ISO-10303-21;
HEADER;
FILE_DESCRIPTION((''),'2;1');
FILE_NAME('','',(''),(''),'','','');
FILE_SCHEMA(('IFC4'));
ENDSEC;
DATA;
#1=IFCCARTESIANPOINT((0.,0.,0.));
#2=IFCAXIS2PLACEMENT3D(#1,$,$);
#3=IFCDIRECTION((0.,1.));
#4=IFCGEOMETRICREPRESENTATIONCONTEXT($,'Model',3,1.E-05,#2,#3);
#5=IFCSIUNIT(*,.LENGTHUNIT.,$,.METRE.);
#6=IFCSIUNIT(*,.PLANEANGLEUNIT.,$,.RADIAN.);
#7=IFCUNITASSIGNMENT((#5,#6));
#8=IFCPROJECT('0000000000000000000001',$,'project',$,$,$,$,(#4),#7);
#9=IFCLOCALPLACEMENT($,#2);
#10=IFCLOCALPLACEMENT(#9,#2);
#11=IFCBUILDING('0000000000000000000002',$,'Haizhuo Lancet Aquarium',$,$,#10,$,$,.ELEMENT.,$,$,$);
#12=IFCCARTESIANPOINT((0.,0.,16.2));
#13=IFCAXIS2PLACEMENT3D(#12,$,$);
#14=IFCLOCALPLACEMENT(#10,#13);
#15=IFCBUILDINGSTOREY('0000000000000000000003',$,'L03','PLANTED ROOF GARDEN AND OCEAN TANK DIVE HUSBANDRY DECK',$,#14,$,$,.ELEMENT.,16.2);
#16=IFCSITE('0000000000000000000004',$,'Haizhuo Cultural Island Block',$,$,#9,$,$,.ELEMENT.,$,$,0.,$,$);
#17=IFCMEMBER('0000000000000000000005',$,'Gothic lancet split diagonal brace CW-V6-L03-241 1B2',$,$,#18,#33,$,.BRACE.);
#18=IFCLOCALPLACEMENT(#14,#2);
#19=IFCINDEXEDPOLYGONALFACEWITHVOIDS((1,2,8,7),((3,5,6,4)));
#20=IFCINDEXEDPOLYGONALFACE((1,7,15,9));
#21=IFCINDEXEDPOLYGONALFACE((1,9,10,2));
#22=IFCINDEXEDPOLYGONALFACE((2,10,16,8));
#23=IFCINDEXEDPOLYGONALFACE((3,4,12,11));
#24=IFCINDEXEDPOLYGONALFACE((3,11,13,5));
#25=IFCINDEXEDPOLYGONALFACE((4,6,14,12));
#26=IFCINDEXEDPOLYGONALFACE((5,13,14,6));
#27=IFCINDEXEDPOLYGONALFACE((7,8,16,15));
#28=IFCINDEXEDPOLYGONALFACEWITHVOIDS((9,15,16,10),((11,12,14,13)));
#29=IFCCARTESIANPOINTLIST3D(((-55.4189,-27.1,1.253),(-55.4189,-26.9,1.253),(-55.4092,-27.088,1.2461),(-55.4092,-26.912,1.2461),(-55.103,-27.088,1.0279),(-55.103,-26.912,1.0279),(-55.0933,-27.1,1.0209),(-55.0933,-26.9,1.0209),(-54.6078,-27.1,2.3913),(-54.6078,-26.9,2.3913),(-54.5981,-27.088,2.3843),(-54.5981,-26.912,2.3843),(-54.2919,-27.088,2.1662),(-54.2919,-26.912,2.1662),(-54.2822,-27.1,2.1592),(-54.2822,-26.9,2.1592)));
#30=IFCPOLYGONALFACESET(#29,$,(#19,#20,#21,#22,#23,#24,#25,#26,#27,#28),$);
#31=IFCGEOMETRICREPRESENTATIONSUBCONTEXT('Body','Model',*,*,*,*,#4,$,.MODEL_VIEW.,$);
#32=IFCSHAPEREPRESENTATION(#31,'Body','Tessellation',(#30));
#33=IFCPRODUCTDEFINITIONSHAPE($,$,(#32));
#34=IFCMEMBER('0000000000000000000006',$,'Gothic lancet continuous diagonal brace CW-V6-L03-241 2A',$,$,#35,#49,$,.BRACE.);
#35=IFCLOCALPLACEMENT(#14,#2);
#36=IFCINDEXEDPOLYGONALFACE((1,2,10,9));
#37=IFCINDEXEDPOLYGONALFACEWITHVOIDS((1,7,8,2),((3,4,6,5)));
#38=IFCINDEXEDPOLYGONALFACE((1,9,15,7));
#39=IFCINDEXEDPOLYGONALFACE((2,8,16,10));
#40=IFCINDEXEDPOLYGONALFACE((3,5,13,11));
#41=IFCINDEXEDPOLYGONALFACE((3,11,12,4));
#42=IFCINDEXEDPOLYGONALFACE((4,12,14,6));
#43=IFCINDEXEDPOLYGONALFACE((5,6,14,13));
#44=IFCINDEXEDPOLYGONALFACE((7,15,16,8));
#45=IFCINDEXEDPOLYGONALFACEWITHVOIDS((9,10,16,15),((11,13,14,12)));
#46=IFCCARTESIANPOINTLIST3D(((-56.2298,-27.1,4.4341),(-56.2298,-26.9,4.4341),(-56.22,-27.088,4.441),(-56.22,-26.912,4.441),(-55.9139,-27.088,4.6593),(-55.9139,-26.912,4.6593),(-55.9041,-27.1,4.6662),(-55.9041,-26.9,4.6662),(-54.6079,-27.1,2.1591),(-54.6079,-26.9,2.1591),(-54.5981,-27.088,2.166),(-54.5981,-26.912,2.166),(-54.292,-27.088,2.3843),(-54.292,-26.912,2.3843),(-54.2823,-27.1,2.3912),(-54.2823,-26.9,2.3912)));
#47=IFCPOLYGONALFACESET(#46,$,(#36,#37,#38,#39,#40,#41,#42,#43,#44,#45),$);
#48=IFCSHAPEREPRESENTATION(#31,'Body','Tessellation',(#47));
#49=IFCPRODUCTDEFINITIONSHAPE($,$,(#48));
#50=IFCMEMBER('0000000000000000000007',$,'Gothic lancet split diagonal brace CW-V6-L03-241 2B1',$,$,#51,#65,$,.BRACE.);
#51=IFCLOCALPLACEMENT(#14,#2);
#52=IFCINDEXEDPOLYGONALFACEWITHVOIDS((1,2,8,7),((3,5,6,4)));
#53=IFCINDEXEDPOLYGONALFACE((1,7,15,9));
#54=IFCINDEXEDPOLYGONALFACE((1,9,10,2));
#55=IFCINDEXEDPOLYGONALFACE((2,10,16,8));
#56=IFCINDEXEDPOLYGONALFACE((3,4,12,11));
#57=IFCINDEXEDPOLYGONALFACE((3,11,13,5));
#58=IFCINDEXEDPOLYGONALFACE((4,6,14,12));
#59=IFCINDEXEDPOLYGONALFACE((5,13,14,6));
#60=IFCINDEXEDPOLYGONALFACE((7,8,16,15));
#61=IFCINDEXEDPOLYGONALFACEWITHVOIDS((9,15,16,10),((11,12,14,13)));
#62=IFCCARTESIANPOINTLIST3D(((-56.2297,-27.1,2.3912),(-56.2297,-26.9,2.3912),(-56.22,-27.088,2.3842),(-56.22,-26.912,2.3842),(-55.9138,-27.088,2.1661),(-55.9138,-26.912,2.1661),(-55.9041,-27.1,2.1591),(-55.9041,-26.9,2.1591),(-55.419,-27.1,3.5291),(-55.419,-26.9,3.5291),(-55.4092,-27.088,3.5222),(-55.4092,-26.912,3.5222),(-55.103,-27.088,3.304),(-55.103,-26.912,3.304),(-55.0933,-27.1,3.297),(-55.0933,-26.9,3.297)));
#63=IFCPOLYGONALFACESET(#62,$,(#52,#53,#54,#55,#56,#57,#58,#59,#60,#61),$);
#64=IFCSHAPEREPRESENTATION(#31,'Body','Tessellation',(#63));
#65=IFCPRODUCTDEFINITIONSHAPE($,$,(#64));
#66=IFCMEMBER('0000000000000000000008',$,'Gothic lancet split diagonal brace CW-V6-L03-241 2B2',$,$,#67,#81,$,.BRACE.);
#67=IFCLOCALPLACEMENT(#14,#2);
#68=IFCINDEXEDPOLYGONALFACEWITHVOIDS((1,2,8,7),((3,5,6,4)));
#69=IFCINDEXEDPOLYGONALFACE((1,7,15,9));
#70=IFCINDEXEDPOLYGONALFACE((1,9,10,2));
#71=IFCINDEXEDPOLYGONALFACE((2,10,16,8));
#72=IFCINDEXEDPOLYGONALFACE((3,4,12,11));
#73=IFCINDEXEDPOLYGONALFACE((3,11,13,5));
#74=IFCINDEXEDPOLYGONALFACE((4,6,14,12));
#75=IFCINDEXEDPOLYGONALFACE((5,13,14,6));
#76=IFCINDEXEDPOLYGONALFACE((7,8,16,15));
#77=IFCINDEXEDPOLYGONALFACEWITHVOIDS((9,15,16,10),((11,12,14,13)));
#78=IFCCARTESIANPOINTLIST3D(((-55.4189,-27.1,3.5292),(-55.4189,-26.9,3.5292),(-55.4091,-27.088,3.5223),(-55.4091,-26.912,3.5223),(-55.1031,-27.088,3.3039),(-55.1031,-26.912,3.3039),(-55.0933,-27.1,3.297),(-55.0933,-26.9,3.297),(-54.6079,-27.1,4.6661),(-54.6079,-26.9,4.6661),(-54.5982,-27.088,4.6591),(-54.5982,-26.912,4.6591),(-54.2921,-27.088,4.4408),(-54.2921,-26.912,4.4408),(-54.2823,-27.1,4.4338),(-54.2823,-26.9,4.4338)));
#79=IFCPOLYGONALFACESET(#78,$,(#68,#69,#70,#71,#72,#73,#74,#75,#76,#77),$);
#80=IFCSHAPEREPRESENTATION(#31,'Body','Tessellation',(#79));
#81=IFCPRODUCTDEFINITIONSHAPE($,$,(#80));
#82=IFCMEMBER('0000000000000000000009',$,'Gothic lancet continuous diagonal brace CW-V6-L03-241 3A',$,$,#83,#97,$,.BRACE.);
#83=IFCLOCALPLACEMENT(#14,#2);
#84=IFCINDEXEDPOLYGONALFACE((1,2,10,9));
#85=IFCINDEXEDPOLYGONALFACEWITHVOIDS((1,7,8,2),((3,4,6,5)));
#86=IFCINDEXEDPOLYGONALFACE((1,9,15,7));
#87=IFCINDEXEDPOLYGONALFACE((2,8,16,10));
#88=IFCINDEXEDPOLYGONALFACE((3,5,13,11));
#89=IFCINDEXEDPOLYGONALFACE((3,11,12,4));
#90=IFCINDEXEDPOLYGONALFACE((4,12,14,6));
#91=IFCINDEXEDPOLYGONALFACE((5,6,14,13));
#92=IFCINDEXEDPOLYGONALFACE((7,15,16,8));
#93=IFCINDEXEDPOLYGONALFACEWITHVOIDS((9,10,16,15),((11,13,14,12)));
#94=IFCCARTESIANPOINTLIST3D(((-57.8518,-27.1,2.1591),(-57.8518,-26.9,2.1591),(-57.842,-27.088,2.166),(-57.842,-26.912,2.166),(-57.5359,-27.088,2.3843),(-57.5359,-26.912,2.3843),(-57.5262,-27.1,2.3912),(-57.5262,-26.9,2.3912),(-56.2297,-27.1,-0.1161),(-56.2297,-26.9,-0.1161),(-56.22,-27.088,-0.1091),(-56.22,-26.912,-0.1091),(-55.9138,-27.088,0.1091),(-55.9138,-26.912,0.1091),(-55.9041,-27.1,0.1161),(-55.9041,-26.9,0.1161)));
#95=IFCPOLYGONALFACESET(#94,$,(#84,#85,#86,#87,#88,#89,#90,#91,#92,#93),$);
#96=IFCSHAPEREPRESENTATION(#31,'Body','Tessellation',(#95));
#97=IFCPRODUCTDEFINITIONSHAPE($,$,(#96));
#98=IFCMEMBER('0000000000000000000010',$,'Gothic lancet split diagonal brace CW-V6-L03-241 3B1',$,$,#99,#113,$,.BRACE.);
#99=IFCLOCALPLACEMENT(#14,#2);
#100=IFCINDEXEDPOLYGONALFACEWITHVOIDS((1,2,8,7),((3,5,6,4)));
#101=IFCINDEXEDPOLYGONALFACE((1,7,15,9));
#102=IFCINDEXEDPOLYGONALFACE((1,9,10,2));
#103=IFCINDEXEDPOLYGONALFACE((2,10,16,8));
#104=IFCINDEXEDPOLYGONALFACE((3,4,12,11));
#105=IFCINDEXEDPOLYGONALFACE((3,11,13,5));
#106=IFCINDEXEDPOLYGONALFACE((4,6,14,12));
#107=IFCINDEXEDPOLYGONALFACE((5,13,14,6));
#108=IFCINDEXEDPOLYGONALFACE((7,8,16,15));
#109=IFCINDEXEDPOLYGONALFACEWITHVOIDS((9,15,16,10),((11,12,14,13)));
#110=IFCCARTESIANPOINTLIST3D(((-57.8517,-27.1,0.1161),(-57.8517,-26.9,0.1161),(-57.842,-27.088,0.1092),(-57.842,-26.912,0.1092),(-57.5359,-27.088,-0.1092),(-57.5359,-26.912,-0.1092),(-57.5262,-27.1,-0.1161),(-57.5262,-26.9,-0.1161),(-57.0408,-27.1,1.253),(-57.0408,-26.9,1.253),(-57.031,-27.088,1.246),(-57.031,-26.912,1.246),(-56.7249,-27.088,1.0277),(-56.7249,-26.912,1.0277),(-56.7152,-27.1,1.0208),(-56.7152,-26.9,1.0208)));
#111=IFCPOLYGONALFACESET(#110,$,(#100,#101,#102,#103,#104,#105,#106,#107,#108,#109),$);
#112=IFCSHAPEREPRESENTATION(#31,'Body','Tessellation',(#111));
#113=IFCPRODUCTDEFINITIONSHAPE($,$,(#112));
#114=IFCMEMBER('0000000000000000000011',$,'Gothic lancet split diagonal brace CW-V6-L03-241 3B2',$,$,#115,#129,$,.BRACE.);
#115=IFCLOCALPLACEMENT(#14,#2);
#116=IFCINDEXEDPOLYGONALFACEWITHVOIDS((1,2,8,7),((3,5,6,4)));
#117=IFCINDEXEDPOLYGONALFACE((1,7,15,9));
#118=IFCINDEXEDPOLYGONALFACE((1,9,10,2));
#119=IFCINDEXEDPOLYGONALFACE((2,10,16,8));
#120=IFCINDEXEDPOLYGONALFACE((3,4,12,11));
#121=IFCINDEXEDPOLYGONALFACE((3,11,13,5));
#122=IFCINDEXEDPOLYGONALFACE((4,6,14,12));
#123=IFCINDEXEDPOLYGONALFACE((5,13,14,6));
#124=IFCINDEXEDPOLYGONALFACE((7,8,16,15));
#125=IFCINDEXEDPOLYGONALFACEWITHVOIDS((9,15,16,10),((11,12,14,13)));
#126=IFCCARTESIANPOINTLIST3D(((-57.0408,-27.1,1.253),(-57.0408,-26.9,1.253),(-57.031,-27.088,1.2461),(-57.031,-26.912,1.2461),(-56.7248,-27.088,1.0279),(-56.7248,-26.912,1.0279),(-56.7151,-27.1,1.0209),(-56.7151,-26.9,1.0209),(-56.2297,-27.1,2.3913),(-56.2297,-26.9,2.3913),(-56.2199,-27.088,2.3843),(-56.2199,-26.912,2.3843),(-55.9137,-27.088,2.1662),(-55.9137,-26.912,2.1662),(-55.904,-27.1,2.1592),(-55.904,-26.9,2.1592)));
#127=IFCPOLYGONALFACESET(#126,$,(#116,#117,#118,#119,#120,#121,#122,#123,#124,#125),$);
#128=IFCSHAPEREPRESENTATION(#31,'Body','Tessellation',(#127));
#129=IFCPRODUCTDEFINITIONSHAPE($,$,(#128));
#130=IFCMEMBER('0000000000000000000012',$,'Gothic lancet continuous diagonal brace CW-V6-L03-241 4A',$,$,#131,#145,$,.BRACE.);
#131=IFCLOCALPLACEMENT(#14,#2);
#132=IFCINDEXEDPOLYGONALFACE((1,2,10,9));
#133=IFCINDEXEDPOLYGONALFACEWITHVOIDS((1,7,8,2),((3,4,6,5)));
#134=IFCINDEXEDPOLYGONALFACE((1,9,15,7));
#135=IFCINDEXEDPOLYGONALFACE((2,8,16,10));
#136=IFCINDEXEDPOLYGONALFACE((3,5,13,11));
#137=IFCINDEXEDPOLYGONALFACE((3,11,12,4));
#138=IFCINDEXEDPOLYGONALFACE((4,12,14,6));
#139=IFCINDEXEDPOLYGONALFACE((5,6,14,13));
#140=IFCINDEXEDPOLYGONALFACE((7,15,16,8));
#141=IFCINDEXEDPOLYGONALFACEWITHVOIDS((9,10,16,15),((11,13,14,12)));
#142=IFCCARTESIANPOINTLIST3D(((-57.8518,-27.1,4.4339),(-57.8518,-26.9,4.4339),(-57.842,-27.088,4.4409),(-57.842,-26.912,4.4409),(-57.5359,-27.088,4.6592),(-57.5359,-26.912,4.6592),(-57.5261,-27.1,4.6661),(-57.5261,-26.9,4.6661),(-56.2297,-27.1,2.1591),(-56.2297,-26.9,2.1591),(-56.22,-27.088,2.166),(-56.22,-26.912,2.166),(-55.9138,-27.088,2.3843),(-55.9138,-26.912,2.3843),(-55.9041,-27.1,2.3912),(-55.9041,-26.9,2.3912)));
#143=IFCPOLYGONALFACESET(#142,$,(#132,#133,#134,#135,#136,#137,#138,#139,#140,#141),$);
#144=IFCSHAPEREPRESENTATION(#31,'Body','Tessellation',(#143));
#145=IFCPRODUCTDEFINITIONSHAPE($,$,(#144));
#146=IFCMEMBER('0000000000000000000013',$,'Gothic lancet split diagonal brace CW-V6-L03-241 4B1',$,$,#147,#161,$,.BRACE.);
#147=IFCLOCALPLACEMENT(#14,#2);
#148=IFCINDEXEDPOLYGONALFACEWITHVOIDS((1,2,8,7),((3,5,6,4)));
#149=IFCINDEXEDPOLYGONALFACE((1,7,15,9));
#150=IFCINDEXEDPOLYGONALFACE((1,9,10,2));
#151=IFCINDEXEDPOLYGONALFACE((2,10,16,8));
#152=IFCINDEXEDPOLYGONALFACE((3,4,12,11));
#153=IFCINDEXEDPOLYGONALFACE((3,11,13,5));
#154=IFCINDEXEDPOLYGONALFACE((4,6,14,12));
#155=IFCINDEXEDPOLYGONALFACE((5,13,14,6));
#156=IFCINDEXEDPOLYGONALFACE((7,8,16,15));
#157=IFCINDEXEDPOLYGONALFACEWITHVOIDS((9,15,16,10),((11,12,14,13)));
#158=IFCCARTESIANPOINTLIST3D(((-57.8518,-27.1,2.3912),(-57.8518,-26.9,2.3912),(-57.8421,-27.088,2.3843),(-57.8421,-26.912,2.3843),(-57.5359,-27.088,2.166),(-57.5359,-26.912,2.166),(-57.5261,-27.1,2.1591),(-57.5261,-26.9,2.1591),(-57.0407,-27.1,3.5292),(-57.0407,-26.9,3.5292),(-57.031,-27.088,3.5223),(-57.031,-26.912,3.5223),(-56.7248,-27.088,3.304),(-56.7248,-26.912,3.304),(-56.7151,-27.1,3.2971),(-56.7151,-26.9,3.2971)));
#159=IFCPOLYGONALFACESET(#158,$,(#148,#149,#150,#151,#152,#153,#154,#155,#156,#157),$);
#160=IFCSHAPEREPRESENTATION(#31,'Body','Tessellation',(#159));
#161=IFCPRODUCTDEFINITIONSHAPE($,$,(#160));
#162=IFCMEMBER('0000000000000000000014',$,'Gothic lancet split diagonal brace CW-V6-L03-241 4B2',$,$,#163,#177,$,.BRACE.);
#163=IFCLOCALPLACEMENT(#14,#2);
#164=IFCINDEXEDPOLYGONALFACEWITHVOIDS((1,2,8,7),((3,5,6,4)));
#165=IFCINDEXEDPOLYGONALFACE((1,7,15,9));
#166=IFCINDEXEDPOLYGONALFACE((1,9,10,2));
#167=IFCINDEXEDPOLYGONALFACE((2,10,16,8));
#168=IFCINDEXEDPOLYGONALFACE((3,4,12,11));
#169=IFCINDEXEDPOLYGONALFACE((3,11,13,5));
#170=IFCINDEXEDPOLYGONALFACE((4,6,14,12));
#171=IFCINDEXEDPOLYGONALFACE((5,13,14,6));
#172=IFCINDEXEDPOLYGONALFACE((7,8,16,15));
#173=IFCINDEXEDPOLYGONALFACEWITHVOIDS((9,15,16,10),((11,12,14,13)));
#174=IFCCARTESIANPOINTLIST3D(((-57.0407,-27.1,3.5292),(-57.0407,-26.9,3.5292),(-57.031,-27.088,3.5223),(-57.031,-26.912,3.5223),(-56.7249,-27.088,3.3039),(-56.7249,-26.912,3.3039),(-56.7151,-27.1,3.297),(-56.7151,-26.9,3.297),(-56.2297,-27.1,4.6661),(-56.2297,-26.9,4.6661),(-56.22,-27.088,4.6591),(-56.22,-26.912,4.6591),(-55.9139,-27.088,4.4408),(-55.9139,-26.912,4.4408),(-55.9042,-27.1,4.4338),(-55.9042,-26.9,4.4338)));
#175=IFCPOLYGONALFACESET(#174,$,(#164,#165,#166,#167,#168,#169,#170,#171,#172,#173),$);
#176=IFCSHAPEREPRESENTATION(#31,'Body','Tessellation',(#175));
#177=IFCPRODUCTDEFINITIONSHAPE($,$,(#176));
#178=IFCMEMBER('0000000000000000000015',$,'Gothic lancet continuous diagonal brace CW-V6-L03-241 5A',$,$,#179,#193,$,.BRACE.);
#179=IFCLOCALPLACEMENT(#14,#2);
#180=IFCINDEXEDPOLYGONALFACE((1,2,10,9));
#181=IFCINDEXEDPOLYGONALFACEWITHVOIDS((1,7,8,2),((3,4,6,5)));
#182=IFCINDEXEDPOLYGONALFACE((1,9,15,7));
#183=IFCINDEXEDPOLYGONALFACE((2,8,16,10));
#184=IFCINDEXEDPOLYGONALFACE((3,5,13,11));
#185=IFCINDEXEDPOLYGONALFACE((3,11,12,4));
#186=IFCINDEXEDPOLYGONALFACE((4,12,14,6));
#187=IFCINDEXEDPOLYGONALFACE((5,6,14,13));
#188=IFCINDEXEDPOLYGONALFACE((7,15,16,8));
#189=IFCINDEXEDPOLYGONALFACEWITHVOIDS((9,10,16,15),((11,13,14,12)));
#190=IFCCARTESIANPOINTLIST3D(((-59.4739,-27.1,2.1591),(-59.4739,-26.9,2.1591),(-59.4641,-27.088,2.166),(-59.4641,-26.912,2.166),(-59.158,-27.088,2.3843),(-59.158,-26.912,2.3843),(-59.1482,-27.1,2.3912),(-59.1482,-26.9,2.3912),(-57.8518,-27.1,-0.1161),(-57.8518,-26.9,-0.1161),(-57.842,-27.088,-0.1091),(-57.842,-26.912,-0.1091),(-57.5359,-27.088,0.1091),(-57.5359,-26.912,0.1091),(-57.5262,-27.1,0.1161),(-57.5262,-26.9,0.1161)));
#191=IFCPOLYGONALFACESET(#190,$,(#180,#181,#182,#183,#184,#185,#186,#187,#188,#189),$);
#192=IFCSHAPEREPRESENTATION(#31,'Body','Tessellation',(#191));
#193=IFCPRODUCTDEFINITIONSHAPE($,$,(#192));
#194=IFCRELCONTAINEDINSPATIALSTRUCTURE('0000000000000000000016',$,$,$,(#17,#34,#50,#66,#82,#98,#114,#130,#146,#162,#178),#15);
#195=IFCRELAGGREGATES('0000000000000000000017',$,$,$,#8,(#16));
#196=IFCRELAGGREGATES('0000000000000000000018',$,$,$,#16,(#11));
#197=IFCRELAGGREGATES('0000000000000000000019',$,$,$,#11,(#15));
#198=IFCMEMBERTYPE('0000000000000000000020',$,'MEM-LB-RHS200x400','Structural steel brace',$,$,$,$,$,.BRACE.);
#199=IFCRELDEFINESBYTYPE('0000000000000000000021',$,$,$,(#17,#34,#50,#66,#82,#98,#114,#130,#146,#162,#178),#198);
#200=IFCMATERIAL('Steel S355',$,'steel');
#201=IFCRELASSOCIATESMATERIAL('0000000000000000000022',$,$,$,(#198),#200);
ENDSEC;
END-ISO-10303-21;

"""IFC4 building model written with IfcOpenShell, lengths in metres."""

from ifc_helpers import new_model, si_unit, direction, frame, origin, origin_2d, place, context, subcontext, project, spatial, hollow_rectangle, extrude, material, material_profile, profile_set, type_object, element, save


model = new_model("IFC4")

# Units and contexts
model_context = context("Model", 3, precision=1e-05, world=origin(), true_north=direction((0.0, 1.0)))
body_context = subcontext(model_context, "Body", "Model", "MODEL_VIEW")
ifc_project = project(units=[si_unit("LENGTHUNIT", "METRE"), si_unit("PLANEANGLEUNIT", "RADIAN")], contexts=[model_context])

# Site, building, storey
site_placement = place(None, origin())
site = spatial("IfcSite", under=ifc_project, at=site_placement, Name="Haizhuo Cultural Island Block", CompositionType="ELEMENT", RefElevation=0.0)
building_placement = place(site_placement, origin())
building = spatial("IfcBuilding", under=site, at=building_placement, Name="Haizhuo Lancet Aquarium", CompositionType="ELEMENT")
storey_placement = place(building_placement, frame((0.0, 0.0, 16.2)))
storey = spatial("IfcBuildingStorey", under=building, at=storey_placement, Name="L03", Description="PLANTED ROOF GARDEN AND OCEAN TANK DIVE HUSBANDRY DECK", CompositionType="ELEMENT", Elevation=16.2)

# Members
ifc_material_1 = material(Name="Steel S355", Category="steel")
ifc_material_profile_1 = material_profile(ifc_material_1, hollow_rectangle(XDim=0.2, YDim=0.3999, WallThickness=0.012, at=origin_2d()), Name="RHS 200x400x12")
ifc_profile_set_1 = profile_set([ifc_material_profile_1], Name="Steel S355")
member_type_1 = type_object("IfcMemberType", Name="MEM-LB-RHS200x400", Description="Structural steel brace", PredefinedType="BRACE", material=ifc_profile_set_1)
member_1_placement = place(storey_placement, frame((-55.2561, -27.0, 1.137), z_axis=(0.580312, 0.0, 0.814394), x_axis=(0.0, 1.0, 0.0)))
element("IfcMember", 1, at=member_1_placement, inside=storey, type_object=member_type_1, Name="Gothic lancet split diagonal brace CW-V6-L03-241 1B2", PredefinedType="BRACE", context=body_context, shape_type="SweptSolid", body=[
    extrude(hollow_rectangle(XDim=0.2, YDim=0.3999, WallThickness=0.012, at=origin_2d()), origin(), (0.0, 0.0, 1.0), 1.3977),
])
member_2_placement = place(storey_placement, frame((-54.4451, -27.0, 2.2751), z_axis=(-0.580502, 0.0, 0.814259), x_axis=(0.0, -1.0, 0.0)))
element("IfcMember", 2, at=member_2_placement, inside=storey, type_object=member_type_1, Name="Gothic lancet continuous diagonal brace CW-V6-L03-241 2A", PredefinedType="BRACE", context=body_context, shape_type="SweptSolid", body=[
    extrude(hollow_rectangle(XDim=0.2, YDim=0.3999, WallThickness=0.012, at=origin_2d()), origin(), (0.0, 0.0, 1.0), 2.7939),
])
member_3_placement = place(storey_placement, frame((-56.0669, -27.0, 2.2751), z_axis=(0.580279, 0.0, 0.814418), x_axis=(0.0, 1.0, 0.0)))
element("IfcMember", 3, at=member_3_placement, inside=storey, type_object=member_type_1, Name="Gothic lancet split diagonal brace CW-V6-L03-241 2B1", PredefinedType="BRACE", context=body_context, shape_type="SweptSolid", body=[
    extrude(hollow_rectangle(XDim=0.2, YDim=0.3999, WallThickness=0.012, at=origin_2d()), origin(), (0.0, 0.0, 1.0), 1.3972),
])
member_4_placement = place(storey_placement, frame((-55.2561, -27.0, 3.4131), z_axis=(0.580725, 0.0, 0.814099), x_axis=(0.0, 1.0, 0.0)))
element("IfcMember", 4, at=member_4_placement, inside=storey, type_object=member_type_1, Name="Gothic lancet split diagonal brace CW-V6-L03-241 2B2", PredefinedType="BRACE", context=body_context, shape_type="SweptSolid", body=[
    extrude(hollow_rectangle(XDim=0.2, YDim=0.3999, WallThickness=0.012, at=origin_2d()), origin(), (0.0, 0.0, 1.0), 1.3965),
])
member_5_placement = place(storey_placement, frame((-56.0669, -27.0, 0.0), z_axis=(-0.580519, 0.0, 0.814247), x_axis=(0.0, -1.0, 0.0)))
element("IfcMember", 5, at=member_5_placement, inside=storey, type_object=member_type_1, Name="Gothic lancet continuous diagonal brace CW-V6-L03-241 3A", PredefinedType="BRACE", context=body_context, shape_type="SweptSolid", body=[
    extrude(hollow_rectangle(XDim=0.2, YDim=0.3999, WallThickness=0.012, at=origin_2d()), origin(), (0.0, 0.0, 1.0), 2.7942),
])
member_6_placement = place(storey_placement, frame((-57.689, -27.0, 0.0), z_axis=(0.580725, 0.0, 0.814099), x_axis=(0.0, 1.0, 0.0)))
element("IfcMember", 6, at=member_6_placement, inside=storey, type_object=member_type_1, Name="Gothic lancet split diagonal brace CW-V6-L03-241 3B1", PredefinedType="BRACE", context=body_context, shape_type="SweptSolid", body=[
    extrude(hollow_rectangle(XDim=0.2, YDim=0.3999, WallThickness=0.012, at=origin_2d()), origin(), (0.0, 0.0, 1.0), 1.3965),
])
member_7_placement = place(storey_placement, frame((-56.8779, -27.0, 1.137), z_axis=(0.580312, 0.0, 0.814394), x_axis=(0.0, 1.0, 0.0)))
element("IfcMember", 7, at=member_7_placement, inside=storey, type_object=member_type_1, Name="Gothic lancet split diagonal brace CW-V6-L03-241 3B2", PredefinedType="BRACE", context=body_context, shape_type="SweptSolid", body=[
    extrude(hollow_rectangle(XDim=0.2, YDim=0.3999, WallThickness=0.012, at=origin_2d()), origin(), (0.0, 0.0, 1.0), 1.3977),
])
member_8_placement = place(storey_placement, frame((-56.0669, -27.0, 2.2751), z_axis=(-0.58056, 0.0, 0.814217), x_axis=(0.0, -1.0, 0.0)))
element("IfcMember", 8, at=member_8_placement, inside=storey, type_object=member_type_1, Name="Gothic lancet continuous diagonal brace CW-V6-L03-241 4A", PredefinedType="BRACE", context=body_context, shape_type="SweptSolid", body=[
    extrude(hollow_rectangle(XDim=0.2, YDim=0.3999, WallThickness=0.012, at=origin_2d()), origin(), (0.0, 0.0, 1.0), 2.7939),
])
member_9_placement = place(storey_placement, frame((-57.689, -27.0, 2.2751), z_axis=(0.580395, 0.0, 0.814335), x_axis=(0.0, 1.0, 0.0)))
element("IfcMember", 9, at=member_9_placement, inside=storey, type_object=member_type_1, Name="Gothic lancet split diagonal brace CW-V6-L03-241 4B1", PredefinedType="BRACE", context=body_context, shape_type="SweptSolid", body=[
    extrude(hollow_rectangle(XDim=0.2, YDim=0.3999, WallThickness=0.012, at=origin_2d()), origin(), (0.0, 0.0, 1.0), 1.3975),
])
member_10_placement = place(storey_placement, frame((-56.8779, -27.0, 3.4131), z_axis=(0.580725, 0.0, 0.814099), x_axis=(0.0, 1.0, 0.0)))
element("IfcMember", 10, at=member_10_placement, inside=storey, type_object=member_type_1, Name="Gothic lancet split diagonal brace CW-V6-L03-241 4B2", PredefinedType="BRACE", context=body_context, shape_type="SweptSolid", body=[
    extrude(hollow_rectangle(XDim=0.2, YDim=0.3999, WallThickness=0.012, at=origin_2d()), origin(), (0.0, 0.0, 1.0), 1.3965),
])
member_11_placement = place(storey_placement, frame((-57.689, -27.0, 0.0), z_axis=(-0.580519, 0.0, 0.814247), x_axis=(0.0, -1.0, 0.0)))
element("IfcMember", 11, at=member_11_placement, inside=storey, type_object=member_type_1, Name="Gothic lancet continuous diagonal brace CW-V6-L03-241 5A", PredefinedType="BRACE", context=body_context, shape_type="SweptSolid", body=[
    extrude(hollow_rectangle(XDim=0.2, YDim=0.3999, WallThickness=0.012, at=origin_2d()), origin(), (0.0, 0.0, 1.0), 2.7942),
])

save(model, "model.ifc")
